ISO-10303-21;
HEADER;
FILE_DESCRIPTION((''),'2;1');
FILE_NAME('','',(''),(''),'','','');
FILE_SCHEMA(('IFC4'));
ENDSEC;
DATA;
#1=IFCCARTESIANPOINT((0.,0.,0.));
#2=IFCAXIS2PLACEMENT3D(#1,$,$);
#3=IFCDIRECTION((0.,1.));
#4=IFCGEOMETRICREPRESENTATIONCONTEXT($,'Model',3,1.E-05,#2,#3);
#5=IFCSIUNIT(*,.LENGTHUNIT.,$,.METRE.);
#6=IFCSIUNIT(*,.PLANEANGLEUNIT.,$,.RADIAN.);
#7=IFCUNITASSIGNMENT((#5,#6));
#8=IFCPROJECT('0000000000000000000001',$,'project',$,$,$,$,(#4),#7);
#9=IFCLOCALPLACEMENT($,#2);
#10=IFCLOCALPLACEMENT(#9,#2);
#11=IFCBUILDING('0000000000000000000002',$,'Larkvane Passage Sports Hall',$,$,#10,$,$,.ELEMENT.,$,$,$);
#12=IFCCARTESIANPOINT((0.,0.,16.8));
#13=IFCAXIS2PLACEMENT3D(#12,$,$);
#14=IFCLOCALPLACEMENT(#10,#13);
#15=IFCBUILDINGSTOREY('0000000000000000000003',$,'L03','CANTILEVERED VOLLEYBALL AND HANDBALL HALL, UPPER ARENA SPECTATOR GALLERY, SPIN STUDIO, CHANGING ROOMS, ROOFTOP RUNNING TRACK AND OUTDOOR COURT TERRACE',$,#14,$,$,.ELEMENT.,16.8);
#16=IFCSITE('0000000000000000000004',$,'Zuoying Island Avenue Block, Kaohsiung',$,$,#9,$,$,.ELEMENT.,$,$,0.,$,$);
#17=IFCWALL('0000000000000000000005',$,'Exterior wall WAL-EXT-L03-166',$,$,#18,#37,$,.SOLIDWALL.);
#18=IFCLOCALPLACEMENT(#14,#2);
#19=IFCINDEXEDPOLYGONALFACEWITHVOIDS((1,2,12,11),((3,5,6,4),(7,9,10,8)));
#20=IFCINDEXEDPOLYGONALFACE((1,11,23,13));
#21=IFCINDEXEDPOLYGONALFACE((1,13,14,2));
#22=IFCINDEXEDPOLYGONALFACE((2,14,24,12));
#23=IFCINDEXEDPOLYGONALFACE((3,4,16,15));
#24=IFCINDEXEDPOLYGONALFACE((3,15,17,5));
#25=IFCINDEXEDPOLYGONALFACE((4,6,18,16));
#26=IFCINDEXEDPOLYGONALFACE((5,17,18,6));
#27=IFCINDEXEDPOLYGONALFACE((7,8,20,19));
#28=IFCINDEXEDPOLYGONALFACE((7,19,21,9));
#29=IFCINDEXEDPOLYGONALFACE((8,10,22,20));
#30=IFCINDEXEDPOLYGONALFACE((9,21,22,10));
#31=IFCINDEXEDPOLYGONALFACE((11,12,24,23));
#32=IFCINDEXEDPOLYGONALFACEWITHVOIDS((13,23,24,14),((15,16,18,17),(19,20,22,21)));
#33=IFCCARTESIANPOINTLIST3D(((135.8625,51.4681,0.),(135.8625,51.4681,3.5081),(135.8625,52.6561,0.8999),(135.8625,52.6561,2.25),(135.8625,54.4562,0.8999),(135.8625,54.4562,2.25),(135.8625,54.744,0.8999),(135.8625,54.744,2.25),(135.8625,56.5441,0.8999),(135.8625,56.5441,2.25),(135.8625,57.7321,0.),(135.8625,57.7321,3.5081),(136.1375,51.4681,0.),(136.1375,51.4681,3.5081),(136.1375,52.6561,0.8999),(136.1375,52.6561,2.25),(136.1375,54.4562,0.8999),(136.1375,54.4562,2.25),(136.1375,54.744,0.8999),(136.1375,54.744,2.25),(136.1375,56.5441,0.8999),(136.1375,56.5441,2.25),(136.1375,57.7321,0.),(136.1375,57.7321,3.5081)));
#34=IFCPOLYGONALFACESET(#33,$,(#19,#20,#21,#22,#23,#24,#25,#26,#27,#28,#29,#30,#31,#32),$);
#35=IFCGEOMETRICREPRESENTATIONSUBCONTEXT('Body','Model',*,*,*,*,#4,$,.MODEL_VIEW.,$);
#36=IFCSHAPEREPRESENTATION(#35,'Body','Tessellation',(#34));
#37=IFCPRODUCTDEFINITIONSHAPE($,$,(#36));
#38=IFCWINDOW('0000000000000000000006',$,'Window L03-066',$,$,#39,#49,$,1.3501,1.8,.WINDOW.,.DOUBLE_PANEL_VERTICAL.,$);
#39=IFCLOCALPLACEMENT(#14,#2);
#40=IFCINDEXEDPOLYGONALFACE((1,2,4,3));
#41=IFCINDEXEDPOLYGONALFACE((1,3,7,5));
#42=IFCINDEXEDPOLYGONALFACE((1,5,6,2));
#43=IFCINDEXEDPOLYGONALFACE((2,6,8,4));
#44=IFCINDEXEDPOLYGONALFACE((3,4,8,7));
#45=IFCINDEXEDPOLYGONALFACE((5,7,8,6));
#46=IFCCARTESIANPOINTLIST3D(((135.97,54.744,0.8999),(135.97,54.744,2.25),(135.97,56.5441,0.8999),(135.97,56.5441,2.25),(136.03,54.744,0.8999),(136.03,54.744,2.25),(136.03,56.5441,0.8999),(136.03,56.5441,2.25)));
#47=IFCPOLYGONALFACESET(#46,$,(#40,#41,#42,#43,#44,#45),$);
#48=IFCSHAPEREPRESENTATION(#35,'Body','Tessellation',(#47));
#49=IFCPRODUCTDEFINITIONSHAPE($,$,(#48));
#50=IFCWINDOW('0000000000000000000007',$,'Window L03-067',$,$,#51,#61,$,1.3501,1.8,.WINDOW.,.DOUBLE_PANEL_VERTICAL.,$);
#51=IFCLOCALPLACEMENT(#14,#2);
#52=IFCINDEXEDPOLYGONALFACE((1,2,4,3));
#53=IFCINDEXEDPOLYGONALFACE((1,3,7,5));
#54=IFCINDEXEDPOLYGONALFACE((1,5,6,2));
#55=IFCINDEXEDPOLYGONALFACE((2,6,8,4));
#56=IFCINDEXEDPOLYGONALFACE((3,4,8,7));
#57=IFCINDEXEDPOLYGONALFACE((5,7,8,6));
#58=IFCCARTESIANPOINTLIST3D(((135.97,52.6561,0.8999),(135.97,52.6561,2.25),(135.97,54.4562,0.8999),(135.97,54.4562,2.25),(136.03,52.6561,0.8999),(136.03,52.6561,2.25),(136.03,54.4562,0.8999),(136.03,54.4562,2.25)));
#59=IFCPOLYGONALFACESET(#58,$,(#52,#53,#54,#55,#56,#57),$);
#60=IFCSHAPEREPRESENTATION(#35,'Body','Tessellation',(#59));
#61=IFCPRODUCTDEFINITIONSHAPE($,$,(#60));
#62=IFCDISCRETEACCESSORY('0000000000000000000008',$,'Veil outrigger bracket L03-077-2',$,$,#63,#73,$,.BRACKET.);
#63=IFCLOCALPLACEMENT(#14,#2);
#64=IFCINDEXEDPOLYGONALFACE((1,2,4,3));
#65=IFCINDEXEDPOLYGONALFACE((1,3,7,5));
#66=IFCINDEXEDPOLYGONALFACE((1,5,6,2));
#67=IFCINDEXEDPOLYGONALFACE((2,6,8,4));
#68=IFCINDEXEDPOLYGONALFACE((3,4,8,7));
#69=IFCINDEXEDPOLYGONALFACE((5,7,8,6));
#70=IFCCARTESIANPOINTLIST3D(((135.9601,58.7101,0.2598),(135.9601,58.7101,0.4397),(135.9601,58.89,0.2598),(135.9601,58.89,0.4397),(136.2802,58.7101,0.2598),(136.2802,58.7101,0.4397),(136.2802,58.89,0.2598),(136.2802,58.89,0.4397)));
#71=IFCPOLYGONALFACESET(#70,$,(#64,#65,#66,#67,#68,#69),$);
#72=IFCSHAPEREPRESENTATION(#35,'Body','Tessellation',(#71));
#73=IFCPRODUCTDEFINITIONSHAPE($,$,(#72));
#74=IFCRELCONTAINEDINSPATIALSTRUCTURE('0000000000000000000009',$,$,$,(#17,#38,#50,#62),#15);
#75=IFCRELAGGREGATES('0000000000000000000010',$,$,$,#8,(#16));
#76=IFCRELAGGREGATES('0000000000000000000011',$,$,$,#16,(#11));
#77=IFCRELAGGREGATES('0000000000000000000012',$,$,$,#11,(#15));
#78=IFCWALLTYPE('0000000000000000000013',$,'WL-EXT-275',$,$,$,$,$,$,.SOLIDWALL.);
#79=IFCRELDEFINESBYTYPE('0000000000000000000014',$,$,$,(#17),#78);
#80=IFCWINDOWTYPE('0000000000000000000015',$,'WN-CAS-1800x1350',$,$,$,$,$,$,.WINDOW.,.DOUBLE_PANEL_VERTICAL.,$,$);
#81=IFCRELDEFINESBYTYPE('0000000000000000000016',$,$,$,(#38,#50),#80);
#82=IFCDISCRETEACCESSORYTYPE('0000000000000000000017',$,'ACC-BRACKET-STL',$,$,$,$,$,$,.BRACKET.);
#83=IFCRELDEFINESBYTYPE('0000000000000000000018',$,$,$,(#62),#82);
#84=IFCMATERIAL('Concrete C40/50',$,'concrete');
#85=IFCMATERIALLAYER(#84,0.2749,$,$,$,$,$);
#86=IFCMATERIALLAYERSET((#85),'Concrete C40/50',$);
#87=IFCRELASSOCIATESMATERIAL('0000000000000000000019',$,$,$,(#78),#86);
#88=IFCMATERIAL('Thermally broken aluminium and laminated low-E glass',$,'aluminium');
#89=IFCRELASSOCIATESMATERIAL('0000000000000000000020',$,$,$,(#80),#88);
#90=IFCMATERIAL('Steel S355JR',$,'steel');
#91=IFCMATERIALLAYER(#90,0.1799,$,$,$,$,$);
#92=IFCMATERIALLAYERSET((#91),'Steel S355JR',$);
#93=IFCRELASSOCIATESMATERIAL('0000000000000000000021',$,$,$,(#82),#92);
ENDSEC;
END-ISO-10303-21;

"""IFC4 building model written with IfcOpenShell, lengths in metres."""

from ifc_helpers import new_model, si_unit, direction, frame, frame_2d, origin, origin_2d, place, context, subcontext, project, spatial, rectangle, extrude, material, layer, layer_set, type_object, element, fill, save


model = new_model("IFC4")

# Units and contexts
model_context = context("Model", 3, precision=1e-05, world=origin(), true_north=direction((0.0, 1.0)))
body_context = subcontext(model_context, "Body", "Model", "MODEL_VIEW")
ifc_project = project(units=[si_unit("LENGTHUNIT", "METRE"), si_unit("PLANEANGLEUNIT", "RADIAN")], contexts=[model_context])

# Site, building, storey
site_placement = place(None, origin())
site = spatial("IfcSite", under=ifc_project, at=site_placement, Name="Zuoying Island Avenue Block, Kaohsiung", CompositionType="ELEMENT", RefElevation=0.0)
building_placement = place(site_placement, origin())
building = spatial("IfcBuilding", under=site, at=building_placement, Name="Larkvane Passage Sports Hall", CompositionType="ELEMENT")
storey_placement = place(building_placement, frame((0.0, 0.0, 16.8)))
storey = spatial("IfcBuildingStorey", under=building, at=storey_placement, Name="L03", Description="CANTILEVERED VOLLEYBALL AND HANDBALL HALL, UPPER ARENA SPECTATOR GALLERY, SPIN STUDIO, CHANGING ROOMS, ROOFTOP RUNNING TRACK AND OUTDOOR COURT TERRACE", CompositionType="ELEMENT", Elevation=16.8)

# Wall, openings, windows
ifc_material_1 = material(Name="Concrete C40/50", Category="concrete")
ifc_layer_1 = layer(ifc_material_1, 0.2749)
ifc_layer_set_1 = layer_set([ifc_layer_1], Name="Concrete C40/50")
wall_type = type_object("IfcWallType", Name="WL-EXT-275", PredefinedType="SOLIDWALL", material=ifc_layer_set_1)
wall_placement = place(storey_placement, frame((136.0, 57.7319, 0.0), z_axis=(0.0, 0.0, 1.0), x_axis=(0.0, -1.0, 0.0)))
wall = element("IfcWall", 1, at=wall_placement, inside=storey, type_object=wall_type, Name="Exterior wall WAL-EXT-L03-166", PredefinedType="SOLIDWALL", context=body_context, shape_type="SweptSolid", body=[
    extrude(rectangle(XDim=6.2639, YDim=0.2749, at=frame_2d((3.1318, 0.0))), origin(), (0.0, 0.0, 1.0), 3.5081),
])
opening_1_placement = place(wall_placement, frame((1.188, 0.0, 0.8999)))
opening_1 = element("IfcOpeningElement", 2, at=opening_1_placement, cuts=wall, PredefinedType="OPENING", context=body_context, shape_type="SweptSolid", body=[
    extrude(rectangle(XDim=1.8, YDim=1.3501, at=frame_2d((0.8999, 0.675))), frame((0.0, 0.1475, 0.0), z_axis=(0.0, -1.0, 0.0), x_axis=(1.0, 0.0, 0.0)), (0.0, 0.0, 1.0), 0.2949),
])
opening_2_placement = place(wall_placement, frame((3.2759, 0.0, 0.8999)))
opening_2 = element("IfcOpeningElement", 3, at=opening_2_placement, cuts=wall, PredefinedType="OPENING", context=body_context, shape_type="SweptSolid", body=[
    extrude(rectangle(XDim=1.8, YDim=1.3501, at=frame_2d((0.8999, 0.675))), frame((0.0, 0.1475, 0.0), z_axis=(0.0, -1.0, 0.0), x_axis=(1.0, 0.0, 0.0)), (0.0, 0.0, 1.0), 0.2949),
])
ifc_material_2 = material(Name="Thermally broken aluminium and laminated low-E glass", Category="aluminium")
window_type = type_object("IfcWindowType", Name="WN-CAS-1800x1350", PartitioningType="DOUBLE_PANEL_VERTICAL", PredefinedType="WINDOW", material=ifc_material_2)
window_1_placement = place(opening_1_placement, origin())
window_1 = element("IfcWindow", 4, at=window_1_placement, inside=storey, type_object=window_type, Name="Window L03-066", OverallHeight=1.3501, OverallWidth=1.8, PartitioningType="DOUBLE_PANEL_VERTICAL", PredefinedType="WINDOW", context=body_context, shape_type="SweptSolid", body=[
    extrude(rectangle(XDim=1.8, YDim=1.3501, at=frame_2d((0.8999, 0.675))), frame((0.0, 0.03, 0.0), z_axis=(0.0, -1.0, 0.0), x_axis=(1.0, 0.0, 0.0)), (0.0, 0.0, 1.0), 0.0601),
])
fill(opening_1, window_1)
window_2_placement = place(opening_2_placement, origin())
window_2 = element("IfcWindow", 5, at=window_2_placement, inside=storey, type_object=window_type, Name="Window L03-067", OverallHeight=1.3501, OverallWidth=1.8, PartitioningType="DOUBLE_PANEL_VERTICAL", PredefinedType="WINDOW", context=body_context, shape_type="SweptSolid", body=[
    extrude(rectangle(XDim=1.8, YDim=1.3501, at=frame_2d((0.8999, 0.675))), frame((0.0, 0.03, 0.0), z_axis=(0.0, -1.0, 0.0), x_axis=(1.0, 0.0, 0.0)), (0.0, 0.0, 1.0), 0.0601),
])
fill(opening_2, window_2)

# Discrete accessory
ifc_material_3 = material(Name="Steel S355JR", Category="steel")
ifc_layer_2 = layer(ifc_material_3, 0.1799)
ifc_layer_set_2 = layer_set([ifc_layer_2], Name="Steel S355JR")
discrete_accessory_type = type_object("IfcDiscreteAccessoryType", Name="ACC-BRACKET-STL", PredefinedType="BRACKET", material=ifc_layer_set_2)
discrete_accessory_placement = place(storey_placement, frame((136.1201, 58.8, 0.2598), z_axis=(0.0, 0.0, 1.0), x_axis=(0.0, -1.0, 0.0)))
element("IfcDiscreteAccessory", 6, at=discrete_accessory_placement, inside=storey, type_object=discrete_accessory_type, Name="Veil outrigger bracket L03-077-2", PredefinedType="BRACKET", context=body_context, shape_type="SweptSolid", body=[
    extrude(rectangle(XDim=0.1799, YDim=0.3201, at=origin_2d()), origin(), (0.0, 0.0, 1.0), 0.1799),
])

save(model, "model.ifc")
